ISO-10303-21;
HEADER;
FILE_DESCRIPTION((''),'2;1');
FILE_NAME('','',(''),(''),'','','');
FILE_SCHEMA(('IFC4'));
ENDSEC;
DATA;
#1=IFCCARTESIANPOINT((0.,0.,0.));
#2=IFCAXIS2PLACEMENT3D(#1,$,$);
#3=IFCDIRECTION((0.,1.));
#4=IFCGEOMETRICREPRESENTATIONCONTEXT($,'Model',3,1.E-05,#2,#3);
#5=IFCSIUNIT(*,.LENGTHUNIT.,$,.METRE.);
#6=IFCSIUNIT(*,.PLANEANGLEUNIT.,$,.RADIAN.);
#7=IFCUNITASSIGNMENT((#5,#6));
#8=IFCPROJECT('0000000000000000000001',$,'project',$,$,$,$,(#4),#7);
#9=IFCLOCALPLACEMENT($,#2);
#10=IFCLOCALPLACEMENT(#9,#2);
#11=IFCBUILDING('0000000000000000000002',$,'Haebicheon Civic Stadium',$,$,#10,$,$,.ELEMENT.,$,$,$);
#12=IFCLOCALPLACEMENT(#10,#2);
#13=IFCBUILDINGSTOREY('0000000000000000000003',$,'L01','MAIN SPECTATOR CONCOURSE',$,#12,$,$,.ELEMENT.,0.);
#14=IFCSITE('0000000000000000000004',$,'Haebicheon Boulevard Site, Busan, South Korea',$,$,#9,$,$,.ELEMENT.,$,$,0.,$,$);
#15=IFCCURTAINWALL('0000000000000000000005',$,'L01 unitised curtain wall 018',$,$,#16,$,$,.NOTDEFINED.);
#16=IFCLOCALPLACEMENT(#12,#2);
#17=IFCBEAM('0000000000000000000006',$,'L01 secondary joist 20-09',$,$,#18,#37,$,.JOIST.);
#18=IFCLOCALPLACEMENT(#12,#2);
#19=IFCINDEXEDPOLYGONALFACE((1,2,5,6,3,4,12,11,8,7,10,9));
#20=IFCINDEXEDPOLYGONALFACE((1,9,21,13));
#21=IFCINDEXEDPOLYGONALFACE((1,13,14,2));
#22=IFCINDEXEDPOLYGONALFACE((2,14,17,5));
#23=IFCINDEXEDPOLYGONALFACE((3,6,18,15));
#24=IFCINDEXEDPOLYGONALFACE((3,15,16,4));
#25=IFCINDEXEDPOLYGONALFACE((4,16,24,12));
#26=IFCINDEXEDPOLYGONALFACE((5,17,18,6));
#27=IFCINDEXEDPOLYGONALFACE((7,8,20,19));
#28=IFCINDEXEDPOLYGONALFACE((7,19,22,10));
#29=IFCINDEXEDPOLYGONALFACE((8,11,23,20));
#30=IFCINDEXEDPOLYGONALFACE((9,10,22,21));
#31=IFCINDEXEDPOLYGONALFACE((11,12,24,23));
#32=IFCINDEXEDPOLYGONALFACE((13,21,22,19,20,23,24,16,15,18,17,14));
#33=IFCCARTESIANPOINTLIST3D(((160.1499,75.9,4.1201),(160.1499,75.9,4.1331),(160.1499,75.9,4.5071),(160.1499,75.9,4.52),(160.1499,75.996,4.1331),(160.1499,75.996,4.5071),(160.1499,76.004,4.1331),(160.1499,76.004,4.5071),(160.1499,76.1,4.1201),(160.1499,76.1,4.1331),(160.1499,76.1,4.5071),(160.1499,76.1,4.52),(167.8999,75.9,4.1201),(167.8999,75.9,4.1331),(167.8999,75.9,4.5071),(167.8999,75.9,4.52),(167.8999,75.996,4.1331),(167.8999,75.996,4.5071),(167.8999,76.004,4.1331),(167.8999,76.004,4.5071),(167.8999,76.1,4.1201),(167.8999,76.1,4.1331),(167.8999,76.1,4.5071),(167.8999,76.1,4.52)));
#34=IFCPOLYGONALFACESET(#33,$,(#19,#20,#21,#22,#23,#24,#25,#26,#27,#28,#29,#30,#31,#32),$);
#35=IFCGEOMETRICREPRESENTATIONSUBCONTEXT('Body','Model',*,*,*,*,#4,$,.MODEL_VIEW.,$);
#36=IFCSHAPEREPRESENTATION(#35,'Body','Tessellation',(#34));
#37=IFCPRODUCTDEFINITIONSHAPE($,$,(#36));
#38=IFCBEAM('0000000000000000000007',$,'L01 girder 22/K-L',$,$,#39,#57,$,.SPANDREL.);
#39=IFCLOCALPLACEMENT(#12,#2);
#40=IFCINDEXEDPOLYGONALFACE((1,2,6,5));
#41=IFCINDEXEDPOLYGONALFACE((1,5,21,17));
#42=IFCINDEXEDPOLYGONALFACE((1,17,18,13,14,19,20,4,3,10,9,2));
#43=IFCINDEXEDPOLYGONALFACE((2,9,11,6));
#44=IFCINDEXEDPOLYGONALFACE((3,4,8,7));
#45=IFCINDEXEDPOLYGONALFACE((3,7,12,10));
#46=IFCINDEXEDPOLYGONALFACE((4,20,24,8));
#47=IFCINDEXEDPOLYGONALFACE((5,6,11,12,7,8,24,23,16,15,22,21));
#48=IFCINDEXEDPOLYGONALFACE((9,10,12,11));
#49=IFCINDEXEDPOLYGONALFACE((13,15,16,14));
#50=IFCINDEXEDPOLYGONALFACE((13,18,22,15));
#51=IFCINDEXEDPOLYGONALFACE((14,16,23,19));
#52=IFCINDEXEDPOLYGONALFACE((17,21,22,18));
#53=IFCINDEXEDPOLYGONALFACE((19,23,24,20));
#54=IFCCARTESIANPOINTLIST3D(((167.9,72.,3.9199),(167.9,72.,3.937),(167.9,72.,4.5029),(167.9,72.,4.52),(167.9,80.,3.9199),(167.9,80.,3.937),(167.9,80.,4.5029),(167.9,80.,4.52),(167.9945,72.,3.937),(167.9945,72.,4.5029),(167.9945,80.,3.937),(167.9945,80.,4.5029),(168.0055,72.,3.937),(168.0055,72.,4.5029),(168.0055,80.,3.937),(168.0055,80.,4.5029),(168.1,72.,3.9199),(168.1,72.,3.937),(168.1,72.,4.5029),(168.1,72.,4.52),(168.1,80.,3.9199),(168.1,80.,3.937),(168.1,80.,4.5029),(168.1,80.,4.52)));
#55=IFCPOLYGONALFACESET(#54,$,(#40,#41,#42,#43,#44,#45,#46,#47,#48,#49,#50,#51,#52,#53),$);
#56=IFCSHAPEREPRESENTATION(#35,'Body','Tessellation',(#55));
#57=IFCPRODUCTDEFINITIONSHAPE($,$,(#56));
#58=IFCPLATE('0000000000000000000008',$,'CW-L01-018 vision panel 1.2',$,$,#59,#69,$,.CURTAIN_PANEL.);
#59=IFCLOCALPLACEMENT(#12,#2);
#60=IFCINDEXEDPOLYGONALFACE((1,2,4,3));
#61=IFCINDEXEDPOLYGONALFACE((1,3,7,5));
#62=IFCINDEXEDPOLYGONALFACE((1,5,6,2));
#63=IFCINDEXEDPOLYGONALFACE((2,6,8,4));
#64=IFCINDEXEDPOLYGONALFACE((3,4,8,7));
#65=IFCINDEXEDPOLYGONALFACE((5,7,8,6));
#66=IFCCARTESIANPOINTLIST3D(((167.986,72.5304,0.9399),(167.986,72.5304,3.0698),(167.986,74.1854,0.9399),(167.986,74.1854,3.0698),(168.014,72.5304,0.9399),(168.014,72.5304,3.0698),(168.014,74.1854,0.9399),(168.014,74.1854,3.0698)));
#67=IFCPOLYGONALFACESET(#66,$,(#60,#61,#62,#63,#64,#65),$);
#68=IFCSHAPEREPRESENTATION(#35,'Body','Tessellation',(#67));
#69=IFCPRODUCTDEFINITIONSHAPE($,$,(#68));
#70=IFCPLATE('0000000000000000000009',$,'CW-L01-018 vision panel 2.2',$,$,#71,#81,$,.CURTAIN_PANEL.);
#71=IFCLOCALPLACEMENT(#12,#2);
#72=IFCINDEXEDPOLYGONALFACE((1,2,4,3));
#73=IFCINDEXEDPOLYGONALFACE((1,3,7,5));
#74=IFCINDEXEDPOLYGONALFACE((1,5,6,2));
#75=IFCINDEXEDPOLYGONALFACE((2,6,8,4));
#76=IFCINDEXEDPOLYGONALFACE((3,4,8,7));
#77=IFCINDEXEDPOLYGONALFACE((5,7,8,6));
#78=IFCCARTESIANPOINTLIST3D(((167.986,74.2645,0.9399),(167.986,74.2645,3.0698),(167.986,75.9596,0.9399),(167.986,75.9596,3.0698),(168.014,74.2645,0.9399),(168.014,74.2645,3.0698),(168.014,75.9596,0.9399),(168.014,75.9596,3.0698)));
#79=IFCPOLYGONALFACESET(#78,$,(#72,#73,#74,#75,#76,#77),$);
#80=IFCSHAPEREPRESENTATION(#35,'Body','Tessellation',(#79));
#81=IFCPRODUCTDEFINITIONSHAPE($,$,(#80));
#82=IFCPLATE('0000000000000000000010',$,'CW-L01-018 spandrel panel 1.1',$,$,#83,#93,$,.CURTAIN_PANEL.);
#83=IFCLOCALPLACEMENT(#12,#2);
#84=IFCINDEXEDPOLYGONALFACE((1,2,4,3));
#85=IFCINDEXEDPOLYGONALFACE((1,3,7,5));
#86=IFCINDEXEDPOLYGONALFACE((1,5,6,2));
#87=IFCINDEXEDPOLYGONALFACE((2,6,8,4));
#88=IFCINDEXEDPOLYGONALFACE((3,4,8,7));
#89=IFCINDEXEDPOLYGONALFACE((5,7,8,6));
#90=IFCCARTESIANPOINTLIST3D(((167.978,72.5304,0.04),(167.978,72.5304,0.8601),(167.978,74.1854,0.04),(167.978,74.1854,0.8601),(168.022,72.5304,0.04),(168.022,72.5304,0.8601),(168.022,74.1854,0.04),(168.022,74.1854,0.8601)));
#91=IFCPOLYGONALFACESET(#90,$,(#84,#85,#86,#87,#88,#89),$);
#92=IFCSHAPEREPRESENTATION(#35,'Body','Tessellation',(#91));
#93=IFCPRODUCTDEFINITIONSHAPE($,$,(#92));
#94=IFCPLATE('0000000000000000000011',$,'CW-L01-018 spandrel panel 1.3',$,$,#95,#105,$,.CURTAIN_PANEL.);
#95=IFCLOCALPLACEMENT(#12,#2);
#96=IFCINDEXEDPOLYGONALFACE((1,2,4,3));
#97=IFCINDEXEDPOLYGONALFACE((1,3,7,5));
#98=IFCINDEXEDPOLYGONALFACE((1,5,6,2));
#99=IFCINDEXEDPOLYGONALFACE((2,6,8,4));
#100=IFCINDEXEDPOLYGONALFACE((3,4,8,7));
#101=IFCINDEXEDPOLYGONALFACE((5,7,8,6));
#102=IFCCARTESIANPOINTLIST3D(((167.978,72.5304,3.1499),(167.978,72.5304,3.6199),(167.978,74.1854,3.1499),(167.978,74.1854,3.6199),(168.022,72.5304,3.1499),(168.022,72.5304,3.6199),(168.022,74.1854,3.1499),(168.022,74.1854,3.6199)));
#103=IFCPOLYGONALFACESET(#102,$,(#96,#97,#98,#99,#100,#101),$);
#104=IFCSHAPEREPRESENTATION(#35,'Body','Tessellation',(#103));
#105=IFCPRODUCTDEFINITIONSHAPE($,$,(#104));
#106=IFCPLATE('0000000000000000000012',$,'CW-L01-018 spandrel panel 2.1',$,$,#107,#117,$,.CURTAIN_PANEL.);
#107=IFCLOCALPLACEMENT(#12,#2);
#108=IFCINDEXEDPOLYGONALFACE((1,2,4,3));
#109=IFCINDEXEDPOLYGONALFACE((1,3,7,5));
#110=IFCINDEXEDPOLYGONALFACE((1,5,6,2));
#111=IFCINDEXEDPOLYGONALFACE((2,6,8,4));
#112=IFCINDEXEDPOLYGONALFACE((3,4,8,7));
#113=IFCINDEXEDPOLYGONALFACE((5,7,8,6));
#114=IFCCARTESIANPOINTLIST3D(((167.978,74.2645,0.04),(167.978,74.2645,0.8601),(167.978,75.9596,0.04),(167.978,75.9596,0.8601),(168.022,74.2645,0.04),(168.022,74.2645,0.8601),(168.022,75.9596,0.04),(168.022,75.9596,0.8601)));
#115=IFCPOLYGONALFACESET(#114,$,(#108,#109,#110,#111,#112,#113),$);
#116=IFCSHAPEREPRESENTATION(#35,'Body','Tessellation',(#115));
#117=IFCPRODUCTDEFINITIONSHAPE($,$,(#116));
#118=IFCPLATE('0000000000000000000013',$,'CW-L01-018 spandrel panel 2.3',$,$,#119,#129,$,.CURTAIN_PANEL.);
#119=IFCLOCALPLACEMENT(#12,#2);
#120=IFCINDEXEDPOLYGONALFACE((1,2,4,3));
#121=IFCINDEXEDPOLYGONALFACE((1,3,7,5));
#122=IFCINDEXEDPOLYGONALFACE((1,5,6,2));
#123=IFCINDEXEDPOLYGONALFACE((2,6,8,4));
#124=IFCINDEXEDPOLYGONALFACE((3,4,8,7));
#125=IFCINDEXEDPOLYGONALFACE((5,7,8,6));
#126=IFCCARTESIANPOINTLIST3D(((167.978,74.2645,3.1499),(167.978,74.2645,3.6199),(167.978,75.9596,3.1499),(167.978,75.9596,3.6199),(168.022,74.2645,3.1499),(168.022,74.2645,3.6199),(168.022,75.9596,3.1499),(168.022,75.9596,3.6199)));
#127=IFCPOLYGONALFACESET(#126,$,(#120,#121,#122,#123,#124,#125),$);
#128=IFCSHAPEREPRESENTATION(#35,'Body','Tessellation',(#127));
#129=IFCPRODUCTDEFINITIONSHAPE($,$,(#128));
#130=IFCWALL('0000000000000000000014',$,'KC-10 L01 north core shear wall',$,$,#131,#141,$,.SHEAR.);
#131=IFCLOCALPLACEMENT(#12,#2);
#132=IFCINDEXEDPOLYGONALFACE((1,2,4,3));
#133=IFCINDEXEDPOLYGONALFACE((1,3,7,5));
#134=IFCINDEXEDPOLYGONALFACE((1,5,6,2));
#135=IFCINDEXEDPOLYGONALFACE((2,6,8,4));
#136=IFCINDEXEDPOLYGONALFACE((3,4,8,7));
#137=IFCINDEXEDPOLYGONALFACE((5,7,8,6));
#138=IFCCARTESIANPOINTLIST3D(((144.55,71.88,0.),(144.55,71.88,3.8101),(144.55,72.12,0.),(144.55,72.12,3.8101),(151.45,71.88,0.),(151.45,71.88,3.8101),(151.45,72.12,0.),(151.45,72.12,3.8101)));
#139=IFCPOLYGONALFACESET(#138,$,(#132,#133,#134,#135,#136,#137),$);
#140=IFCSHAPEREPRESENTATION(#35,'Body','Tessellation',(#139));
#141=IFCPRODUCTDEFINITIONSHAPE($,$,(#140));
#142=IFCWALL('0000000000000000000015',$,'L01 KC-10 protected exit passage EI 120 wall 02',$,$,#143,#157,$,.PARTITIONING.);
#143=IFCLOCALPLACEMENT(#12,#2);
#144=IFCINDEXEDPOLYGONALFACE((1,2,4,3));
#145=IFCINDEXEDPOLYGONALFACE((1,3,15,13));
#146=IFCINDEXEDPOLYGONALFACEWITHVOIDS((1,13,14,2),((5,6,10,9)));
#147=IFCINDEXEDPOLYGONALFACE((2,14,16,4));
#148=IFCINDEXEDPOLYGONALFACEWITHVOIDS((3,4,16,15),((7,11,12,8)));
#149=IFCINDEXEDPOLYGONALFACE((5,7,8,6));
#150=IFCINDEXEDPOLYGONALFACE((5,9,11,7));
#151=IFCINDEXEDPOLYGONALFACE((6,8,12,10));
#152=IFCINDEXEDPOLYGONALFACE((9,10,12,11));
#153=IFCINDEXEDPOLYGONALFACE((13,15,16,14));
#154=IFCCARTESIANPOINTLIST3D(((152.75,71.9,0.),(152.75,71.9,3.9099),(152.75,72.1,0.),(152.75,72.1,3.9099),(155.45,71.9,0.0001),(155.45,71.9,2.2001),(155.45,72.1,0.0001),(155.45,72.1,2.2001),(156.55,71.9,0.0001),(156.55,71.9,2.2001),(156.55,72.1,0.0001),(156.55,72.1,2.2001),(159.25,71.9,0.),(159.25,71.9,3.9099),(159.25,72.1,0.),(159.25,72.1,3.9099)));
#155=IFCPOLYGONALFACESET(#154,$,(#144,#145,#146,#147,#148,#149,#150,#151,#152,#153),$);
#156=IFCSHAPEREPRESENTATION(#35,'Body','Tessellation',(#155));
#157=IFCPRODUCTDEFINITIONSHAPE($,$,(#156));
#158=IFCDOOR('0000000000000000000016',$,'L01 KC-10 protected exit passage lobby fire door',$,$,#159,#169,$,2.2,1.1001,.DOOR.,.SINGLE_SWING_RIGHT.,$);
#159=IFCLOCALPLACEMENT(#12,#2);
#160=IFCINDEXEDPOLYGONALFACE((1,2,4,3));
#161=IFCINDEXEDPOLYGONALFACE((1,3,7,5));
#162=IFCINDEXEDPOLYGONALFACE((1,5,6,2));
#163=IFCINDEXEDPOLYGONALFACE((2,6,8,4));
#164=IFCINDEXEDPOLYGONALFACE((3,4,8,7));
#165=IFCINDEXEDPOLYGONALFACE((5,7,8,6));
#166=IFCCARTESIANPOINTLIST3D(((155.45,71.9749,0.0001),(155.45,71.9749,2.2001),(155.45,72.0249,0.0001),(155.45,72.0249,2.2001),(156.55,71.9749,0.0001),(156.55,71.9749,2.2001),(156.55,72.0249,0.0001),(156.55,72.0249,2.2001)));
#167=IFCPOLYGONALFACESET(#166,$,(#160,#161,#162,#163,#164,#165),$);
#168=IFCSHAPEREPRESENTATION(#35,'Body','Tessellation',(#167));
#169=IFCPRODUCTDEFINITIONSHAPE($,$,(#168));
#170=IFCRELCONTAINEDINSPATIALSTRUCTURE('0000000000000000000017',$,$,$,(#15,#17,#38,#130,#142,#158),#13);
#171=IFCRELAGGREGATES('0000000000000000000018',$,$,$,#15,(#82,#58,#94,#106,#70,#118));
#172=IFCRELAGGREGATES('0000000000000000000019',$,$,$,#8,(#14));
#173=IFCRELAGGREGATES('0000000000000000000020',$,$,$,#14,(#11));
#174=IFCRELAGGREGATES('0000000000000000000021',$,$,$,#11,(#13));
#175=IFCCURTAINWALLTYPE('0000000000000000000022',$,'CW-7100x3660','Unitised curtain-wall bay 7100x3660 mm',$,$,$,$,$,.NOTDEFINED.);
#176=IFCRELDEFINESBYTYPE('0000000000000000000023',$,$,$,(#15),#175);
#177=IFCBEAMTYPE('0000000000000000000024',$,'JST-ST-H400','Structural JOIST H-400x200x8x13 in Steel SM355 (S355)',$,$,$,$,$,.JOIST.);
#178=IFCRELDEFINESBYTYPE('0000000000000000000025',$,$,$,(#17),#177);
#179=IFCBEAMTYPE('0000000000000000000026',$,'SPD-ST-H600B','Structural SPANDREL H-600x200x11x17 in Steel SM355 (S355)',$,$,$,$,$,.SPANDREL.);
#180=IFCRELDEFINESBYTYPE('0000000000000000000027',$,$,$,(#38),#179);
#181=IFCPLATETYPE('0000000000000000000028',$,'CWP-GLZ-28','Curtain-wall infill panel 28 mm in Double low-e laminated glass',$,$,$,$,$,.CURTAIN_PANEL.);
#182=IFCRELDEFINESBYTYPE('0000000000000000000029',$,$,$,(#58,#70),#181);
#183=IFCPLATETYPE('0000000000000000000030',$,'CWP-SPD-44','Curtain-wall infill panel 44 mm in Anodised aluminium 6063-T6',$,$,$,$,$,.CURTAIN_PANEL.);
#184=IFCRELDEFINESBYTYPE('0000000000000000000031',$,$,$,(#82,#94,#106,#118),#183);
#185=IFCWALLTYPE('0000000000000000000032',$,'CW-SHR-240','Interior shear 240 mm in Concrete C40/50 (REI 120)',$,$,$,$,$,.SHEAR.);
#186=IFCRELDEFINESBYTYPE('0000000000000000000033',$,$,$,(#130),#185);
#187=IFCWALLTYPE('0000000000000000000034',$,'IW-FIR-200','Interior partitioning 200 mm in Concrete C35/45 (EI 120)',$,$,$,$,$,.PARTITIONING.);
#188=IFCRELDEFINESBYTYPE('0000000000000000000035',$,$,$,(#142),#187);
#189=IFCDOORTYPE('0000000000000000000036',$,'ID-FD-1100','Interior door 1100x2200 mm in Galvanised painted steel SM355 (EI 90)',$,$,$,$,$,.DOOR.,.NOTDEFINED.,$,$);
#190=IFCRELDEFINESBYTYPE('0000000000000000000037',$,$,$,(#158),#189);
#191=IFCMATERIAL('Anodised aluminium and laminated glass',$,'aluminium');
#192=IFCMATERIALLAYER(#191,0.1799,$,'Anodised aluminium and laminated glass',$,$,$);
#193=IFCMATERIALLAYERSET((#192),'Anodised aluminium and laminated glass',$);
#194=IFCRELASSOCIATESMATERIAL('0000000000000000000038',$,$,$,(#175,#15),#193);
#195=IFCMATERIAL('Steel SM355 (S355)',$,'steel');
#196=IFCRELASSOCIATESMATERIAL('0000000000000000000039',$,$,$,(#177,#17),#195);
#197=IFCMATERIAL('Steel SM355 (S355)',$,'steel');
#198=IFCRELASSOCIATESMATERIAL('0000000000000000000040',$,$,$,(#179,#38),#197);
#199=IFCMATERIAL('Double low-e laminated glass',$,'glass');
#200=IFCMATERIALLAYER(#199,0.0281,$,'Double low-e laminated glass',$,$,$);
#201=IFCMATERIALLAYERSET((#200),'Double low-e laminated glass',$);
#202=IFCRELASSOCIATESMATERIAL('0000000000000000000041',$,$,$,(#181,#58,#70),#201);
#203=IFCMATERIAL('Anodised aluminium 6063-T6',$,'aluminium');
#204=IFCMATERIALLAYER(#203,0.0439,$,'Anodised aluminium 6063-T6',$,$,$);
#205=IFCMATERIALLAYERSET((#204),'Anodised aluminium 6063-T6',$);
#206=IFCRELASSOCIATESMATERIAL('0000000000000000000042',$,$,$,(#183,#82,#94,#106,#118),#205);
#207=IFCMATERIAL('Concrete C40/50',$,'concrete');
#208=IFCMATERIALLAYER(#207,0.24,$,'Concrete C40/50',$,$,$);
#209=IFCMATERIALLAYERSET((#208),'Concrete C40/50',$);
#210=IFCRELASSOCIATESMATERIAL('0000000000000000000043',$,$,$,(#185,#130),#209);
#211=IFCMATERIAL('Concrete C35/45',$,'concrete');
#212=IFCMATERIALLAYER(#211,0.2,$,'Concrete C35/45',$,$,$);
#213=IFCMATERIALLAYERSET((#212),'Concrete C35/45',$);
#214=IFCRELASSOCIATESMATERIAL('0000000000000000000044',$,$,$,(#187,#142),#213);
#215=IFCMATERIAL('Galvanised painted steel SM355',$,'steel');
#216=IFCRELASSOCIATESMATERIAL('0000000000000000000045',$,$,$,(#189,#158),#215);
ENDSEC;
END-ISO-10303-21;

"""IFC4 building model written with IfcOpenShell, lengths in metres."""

from ifc_helpers import new_model, si_unit, direction, frame, frame_2d, origin, origin_2d, place, context, subcontext, project, spatial, rectangle, i_section, extrude, material, layer, layer_set, material_profile, profile_set, type_object, element, fill, aggregate, save


model = new_model("IFC4")

# Units and contexts
model_context = context("Model", 3, precision=1e-05, world=origin(), true_north=direction((0.0, 1.0)))
body_context = subcontext(model_context, "Body", "Model", "MODEL_VIEW")
ifc_project = project(units=[si_unit("LENGTHUNIT", "METRE"), si_unit("PLANEANGLEUNIT", "RADIAN")], contexts=[model_context])

# Site, building, storey
site_placement = place(None, origin())
site = spatial("IfcSite", under=ifc_project, at=site_placement, Name="Haebicheon Boulevard Site, Busan, South Korea", CompositionType="ELEMENT", RefElevation=0.0)
building_placement = place(site_placement, origin())
building = spatial("IfcBuilding", under=site, at=building_placement, Name="Haebicheon Civic Stadium", CompositionType="ELEMENT")
storey_placement = place(building_placement, origin())
storey = spatial("IfcBuildingStorey", under=building, at=storey_placement, Name="L01", Description="MAIN SPECTATOR CONCOURSE", CompositionType="ELEMENT", Elevation=0.0)

# Curtain wall
ifc_material_1 = material(Name="Anodised aluminium and laminated glass", Category="aluminium")
ifc_layer_1 = layer(ifc_material_1, 0.1799, Name="Anodised aluminium and laminated glass")
ifc_layer_set_1 = layer_set([ifc_layer_1], Name="Anodised aluminium and laminated glass")
curtain_wall_type = type_object("IfcCurtainWallType", Name="CW-7100x3660", Description="Unitised curtain-wall bay 7100x3660 mm", PredefinedType="NOTDEFINED", material=ifc_layer_set_1)
curtain_wall_placement = place(storey_placement, origin())
curtain_wall = element("IfcCurtainWall", 1, at=curtain_wall_placement, inside=storey, type_object=curtain_wall_type, material=ifc_layer_set_1, Name="L01 unitised curtain wall 018", PredefinedType="NOTDEFINED")

# Beams
ifc_material_2 = material(Name="Steel SM355 (S355)", Category="steel")
ifc_material_profile_1 = material_profile(ifc_material_2, i_section(OverallWidth=0.2, OverallDepth=0.3999, WebThickness=0.0081, FlangeThickness=0.0129, at=origin_2d()), Name="H-400x200x8x13")
ifc_profile_set_1 = profile_set([ifc_material_profile_1], Name="Steel SM355 (S355)")
beam_type_1 = type_object("IfcBeamType", Name="JST-ST-H400", Description="Structural JOIST H-400x200x8x13 in Steel SM355 (S355)", PredefinedType="JOIST", material=ifc_profile_set_1)
beam_1_placement = place(storey_placement, frame((160.1499, 76.0, 4.3201), z_axis=(1.0, 0.0, 0.0), x_axis=(0.0, 1.0, 0.0)))
element("IfcBeam", 2, at=beam_1_placement, inside=storey, type_object=beam_type_1, material=ifc_profile_set_1, Name="L01 secondary joist 20-09", PredefinedType="JOIST", context=body_context, shape_type="SweptSolid", body=[
    extrude(i_section(OverallWidth=0.2, OverallDepth=0.3999, WebThickness=0.0081, FlangeThickness=0.0129, at=origin_2d()), origin(), (0.0, 0.0, 1.0), 7.75),
])
ifc_material_3 = material(Name="Steel SM355 (S355)", Category="steel")
ifc_material_profile_2 = material_profile(ifc_material_3, i_section(OverallWidth=0.2, OverallDepth=0.6001, WebThickness=0.011, FlangeThickness=0.0171, at=origin_2d()), Name="H-600x200x11x17")
ifc_profile_set_2 = profile_set([ifc_material_profile_2], Name="Steel SM355 (S355)")
beam_type_2 = type_object("IfcBeamType", Name="SPD-ST-H600B", Description="Structural SPANDREL H-600x200x11x17 in Steel SM355 (S355)", PredefinedType="SPANDREL", material=ifc_profile_set_2)
beam_2_placement = place(storey_placement, frame((168.0, 72.0, 4.22), z_axis=(0.0, 1.0, 0.0), x_axis=(-1.0, 0.0, 0.0)))
element("IfcBeam", 3, at=beam_2_placement, inside=storey, type_object=beam_type_2, material=ifc_profile_set_2, Name="L01 girder 22/K-L", PredefinedType="SPANDREL", context=body_context, shape_type="SweptSolid", body=[
    extrude(i_section(OverallWidth=0.2, OverallDepth=0.6001, WebThickness=0.011, FlangeThickness=0.0171, at=origin_2d()), origin(), (0.0, 0.0, 1.0), 8.0),
])

# Plates
ifc_material_4 = material(Name="Double low-e laminated glass", Category="glass")
ifc_layer_2 = layer(ifc_material_4, 0.0281, Name="Double low-e laminated glass")
ifc_layer_set_2 = layer_set([ifc_layer_2], Name="Double low-e laminated glass")
plate_type_1 = type_object("IfcPlateType", Name="CWP-GLZ-28", Description="Curtain-wall infill panel 28 mm in Double low-e laminated glass", PredefinedType="CURTAIN_PANEL", material=ifc_layer_set_2)
plate_1_placement = place(storey_placement, frame((168.0, 73.3579, 0.9399), z_axis=(0.0, 0.0, 1.0), x_axis=(0.0, 1.0, 0.0)))
plate_1 = element("IfcPlate", 4, at=plate_1_placement, type_object=plate_type_1, material=ifc_layer_set_2, Name="CW-L01-018 vision panel 1.2", PredefinedType="CURTAIN_PANEL", context=body_context, shape_type="SweptSolid", body=[
    extrude(rectangle(XDim=1.655, YDim=0.0281, at=origin_2d()), origin(), (0.0, 0.0, 1.0), 2.1299),
])
plate_2_placement = place(storey_placement, frame((168.0, 75.1121, 0.9399), z_axis=(0.0, 0.0, 1.0), x_axis=(0.0, 1.0, 0.0)))
plate_2 = element("IfcPlate", 5, at=plate_2_placement, type_object=plate_type_1, material=ifc_layer_set_2, Name="CW-L01-018 vision panel 2.2", PredefinedType="CURTAIN_PANEL", context=body_context, shape_type="SweptSolid", body=[
    extrude(rectangle(XDim=1.6951, YDim=0.0281, at=origin_2d()), origin(), (0.0, 0.0, 1.0), 2.1299),
])
ifc_material_5 = material(Name="Anodised aluminium 6063-T6", Category="aluminium")
ifc_layer_3 = layer(ifc_material_5, 0.0439, Name="Anodised aluminium 6063-T6")
ifc_layer_set_3 = layer_set([ifc_layer_3], Name="Anodised aluminium 6063-T6")
plate_type_2 = type_object("IfcPlateType", Name="CWP-SPD-44", Description="Curtain-wall infill panel 44 mm in Anodised aluminium 6063-T6", PredefinedType="CURTAIN_PANEL", material=ifc_layer_set_3)
plate_3_placement = place(storey_placement, frame((168.0, 73.3579, 0.04), z_axis=(0.0, 0.0, 1.0), x_axis=(0.0, 1.0, 0.0)))
plate_3 = element("IfcPlate", 6, at=plate_3_placement, type_object=plate_type_2, material=ifc_layer_set_3, Name="CW-L01-018 spandrel panel 1.1", PredefinedType="CURTAIN_PANEL", context=body_context, shape_type="SweptSolid", body=[
    extrude(rectangle(XDim=1.655, YDim=0.0439, at=origin_2d()), origin(), (0.0, 0.0, 1.0), 0.8201),
])
plate_4_placement = place(storey_placement, frame((168.0, 73.3579, 3.1499), z_axis=(0.0, 0.0, 1.0), x_axis=(0.0, 1.0, 0.0)))
plate_4 = element("IfcPlate", 7, at=plate_4_placement, type_object=plate_type_2, material=ifc_layer_set_3, Name="CW-L01-018 spandrel panel 1.3", PredefinedType="CURTAIN_PANEL", context=body_context, shape_type="SweptSolid", body=[
    extrude(rectangle(XDim=1.655, YDim=0.0439, at=origin_2d()), origin(), (0.0, 0.0, 1.0), 0.47),
])
plate_5_placement = place(storey_placement, frame((168.0, 75.1121, 0.04), z_axis=(0.0, 0.0, 1.0), x_axis=(0.0, 1.0, 0.0)))
plate_5 = element("IfcPlate", 8, at=plate_5_placement, type_object=plate_type_2, material=ifc_layer_set_3, Name="CW-L01-018 spandrel panel 2.1", PredefinedType="CURTAIN_PANEL", context=body_context, shape_type="SweptSolid", body=[
    extrude(rectangle(XDim=1.6951, YDim=0.0439, at=origin_2d()), origin(), (0.0, 0.0, 1.0), 0.8201),
])
plate_6_placement = place(storey_placement, frame((168.0, 75.1121, 3.1499), z_axis=(0.0, 0.0, 1.0), x_axis=(0.0, 1.0, 0.0)))
plate_6 = element("IfcPlate", 9, at=plate_6_placement, type_object=plate_type_2, material=ifc_layer_set_3, Name="CW-L01-018 spandrel panel 2.3", PredefinedType="CURTAIN_PANEL", context=body_context, shape_type="SweptSolid", body=[
    extrude(rectangle(XDim=1.6951, YDim=0.0439, at=origin_2d()), origin(), (0.0, 0.0, 1.0), 0.47),
])
aggregate(curtain_wall, [plate_3, plate_1, plate_4, plate_5, plate_2, plate_6])

# Wall
ifc_material_6 = material(Name="Concrete C40/50", Category="concrete")
ifc_layer_4 = layer(ifc_material_6, 0.24, Name="Concrete C40/50")
ifc_layer_set_4 = layer_set([ifc_layer_4], Name="Concrete C40/50")
wall_type_1 = type_object("IfcWallType", Name="CW-SHR-240", Description="Interior shear 240 mm in Concrete C40/50 (REI 120)", PredefinedType="SHEAR", material=ifc_layer_set_4)
wall_1_placement = place(storey_placement, frame((144.55, 72.0, 0.0), z_axis=(0.0, 0.0, 1.0), x_axis=(1.0, 0.0, 0.0)))
element("IfcWall", 10, at=wall_1_placement, inside=storey, type_object=wall_type_1, material=ifc_layer_set_4, Name="KC-10 L01 north core shear wall", PredefinedType="SHEAR", context=body_context, shape_type="SweptSolid", body=[
    extrude(rectangle(XDim=6.8999, YDim=0.24, at=frame_2d((3.45, 0.0))), origin(), (0.0, 0.0, 1.0), 3.8101),
])

# Wall, opening, door
ifc_material_7 = material(Name="Concrete C35/45", Category="concrete")
ifc_layer_5 = layer(ifc_material_7, 0.2, Name="Concrete C35/45")
ifc_layer_set_5 = layer_set([ifc_layer_5], Name="Concrete C35/45")
wall_type_2 = type_object("IfcWallType", Name="IW-FIR-200", Description="Interior partitioning 200 mm in Concrete C35/45 (EI 120)", PredefinedType="PARTITIONING", material=ifc_layer_set_5)
wall_2_placement = place(storey_placement, frame((152.75, 72.0, 0.0), z_axis=(0.0, 0.0, 1.0), x_axis=(1.0, 0.0, 0.0)))
wall_2 = element("IfcWall", 11, at=wall_2_placement, inside=storey, type_object=wall_type_2, material=ifc_layer_set_5, Name="L01 KC-10 protected exit passage EI 120 wall 02", PredefinedType="PARTITIONING", context=body_context, shape_type="SweptSolid", body=[
    extrude(rectangle(XDim=6.5, YDim=0.2, at=frame_2d((3.25, 0.0))), origin(), (0.0, 0.0, 1.0), 3.9099),
])
opening_placement = place(wall_2_placement, frame((2.7, 0.0, 0.0)))
opening = element("IfcOpeningElement", 12, at=opening_placement, cuts=wall_2, PredefinedType="OPENING", context=body_context, shape_type="SweptSolid", body=[
    extrude(rectangle(XDim=1.1001, YDim=2.2, at=frame_2d((0.55, 1.1001))), frame((0.0, 0.1099, 0.0), z_axis=(0.0, -1.0, 0.0), x_axis=(1.0, 0.0, 0.0)), (0.0, 0.0, 1.0), 0.22),
])
ifc_material_8 = material(Name="Galvanised painted steel SM355", Category="steel")
door_type = type_object("IfcDoorType", Name="ID-FD-1100", Description="Interior door 1100x2200 mm in Galvanised painted steel SM355 (EI 90)", OperationType="NOTDEFINED", PredefinedType="DOOR", material=ifc_material_8)
door_placement = place(opening_placement, origin())
door = element("IfcDoor", 13, at=door_placement, inside=storey, type_object=door_type, material=ifc_material_8, Name="L01 KC-10 protected exit passage lobby fire door", OperationType="SINGLE_SWING_RIGHT", OverallHeight=2.2, OverallWidth=1.1001, PredefinedType="DOOR", context=body_context, shape_type="SweptSolid", body=[
    extrude(rectangle(XDim=1.1001, YDim=2.2, at=frame_2d((0.55, 1.1001))), frame((0.0, 0.0249, 0.0), z_axis=(0.0, -1.0, 0.0), x_axis=(1.0, 0.0, 0.0)), (0.0, 0.0, 1.0), 0.05),
])
fill(opening, door)

save(model, "model.ifc")
